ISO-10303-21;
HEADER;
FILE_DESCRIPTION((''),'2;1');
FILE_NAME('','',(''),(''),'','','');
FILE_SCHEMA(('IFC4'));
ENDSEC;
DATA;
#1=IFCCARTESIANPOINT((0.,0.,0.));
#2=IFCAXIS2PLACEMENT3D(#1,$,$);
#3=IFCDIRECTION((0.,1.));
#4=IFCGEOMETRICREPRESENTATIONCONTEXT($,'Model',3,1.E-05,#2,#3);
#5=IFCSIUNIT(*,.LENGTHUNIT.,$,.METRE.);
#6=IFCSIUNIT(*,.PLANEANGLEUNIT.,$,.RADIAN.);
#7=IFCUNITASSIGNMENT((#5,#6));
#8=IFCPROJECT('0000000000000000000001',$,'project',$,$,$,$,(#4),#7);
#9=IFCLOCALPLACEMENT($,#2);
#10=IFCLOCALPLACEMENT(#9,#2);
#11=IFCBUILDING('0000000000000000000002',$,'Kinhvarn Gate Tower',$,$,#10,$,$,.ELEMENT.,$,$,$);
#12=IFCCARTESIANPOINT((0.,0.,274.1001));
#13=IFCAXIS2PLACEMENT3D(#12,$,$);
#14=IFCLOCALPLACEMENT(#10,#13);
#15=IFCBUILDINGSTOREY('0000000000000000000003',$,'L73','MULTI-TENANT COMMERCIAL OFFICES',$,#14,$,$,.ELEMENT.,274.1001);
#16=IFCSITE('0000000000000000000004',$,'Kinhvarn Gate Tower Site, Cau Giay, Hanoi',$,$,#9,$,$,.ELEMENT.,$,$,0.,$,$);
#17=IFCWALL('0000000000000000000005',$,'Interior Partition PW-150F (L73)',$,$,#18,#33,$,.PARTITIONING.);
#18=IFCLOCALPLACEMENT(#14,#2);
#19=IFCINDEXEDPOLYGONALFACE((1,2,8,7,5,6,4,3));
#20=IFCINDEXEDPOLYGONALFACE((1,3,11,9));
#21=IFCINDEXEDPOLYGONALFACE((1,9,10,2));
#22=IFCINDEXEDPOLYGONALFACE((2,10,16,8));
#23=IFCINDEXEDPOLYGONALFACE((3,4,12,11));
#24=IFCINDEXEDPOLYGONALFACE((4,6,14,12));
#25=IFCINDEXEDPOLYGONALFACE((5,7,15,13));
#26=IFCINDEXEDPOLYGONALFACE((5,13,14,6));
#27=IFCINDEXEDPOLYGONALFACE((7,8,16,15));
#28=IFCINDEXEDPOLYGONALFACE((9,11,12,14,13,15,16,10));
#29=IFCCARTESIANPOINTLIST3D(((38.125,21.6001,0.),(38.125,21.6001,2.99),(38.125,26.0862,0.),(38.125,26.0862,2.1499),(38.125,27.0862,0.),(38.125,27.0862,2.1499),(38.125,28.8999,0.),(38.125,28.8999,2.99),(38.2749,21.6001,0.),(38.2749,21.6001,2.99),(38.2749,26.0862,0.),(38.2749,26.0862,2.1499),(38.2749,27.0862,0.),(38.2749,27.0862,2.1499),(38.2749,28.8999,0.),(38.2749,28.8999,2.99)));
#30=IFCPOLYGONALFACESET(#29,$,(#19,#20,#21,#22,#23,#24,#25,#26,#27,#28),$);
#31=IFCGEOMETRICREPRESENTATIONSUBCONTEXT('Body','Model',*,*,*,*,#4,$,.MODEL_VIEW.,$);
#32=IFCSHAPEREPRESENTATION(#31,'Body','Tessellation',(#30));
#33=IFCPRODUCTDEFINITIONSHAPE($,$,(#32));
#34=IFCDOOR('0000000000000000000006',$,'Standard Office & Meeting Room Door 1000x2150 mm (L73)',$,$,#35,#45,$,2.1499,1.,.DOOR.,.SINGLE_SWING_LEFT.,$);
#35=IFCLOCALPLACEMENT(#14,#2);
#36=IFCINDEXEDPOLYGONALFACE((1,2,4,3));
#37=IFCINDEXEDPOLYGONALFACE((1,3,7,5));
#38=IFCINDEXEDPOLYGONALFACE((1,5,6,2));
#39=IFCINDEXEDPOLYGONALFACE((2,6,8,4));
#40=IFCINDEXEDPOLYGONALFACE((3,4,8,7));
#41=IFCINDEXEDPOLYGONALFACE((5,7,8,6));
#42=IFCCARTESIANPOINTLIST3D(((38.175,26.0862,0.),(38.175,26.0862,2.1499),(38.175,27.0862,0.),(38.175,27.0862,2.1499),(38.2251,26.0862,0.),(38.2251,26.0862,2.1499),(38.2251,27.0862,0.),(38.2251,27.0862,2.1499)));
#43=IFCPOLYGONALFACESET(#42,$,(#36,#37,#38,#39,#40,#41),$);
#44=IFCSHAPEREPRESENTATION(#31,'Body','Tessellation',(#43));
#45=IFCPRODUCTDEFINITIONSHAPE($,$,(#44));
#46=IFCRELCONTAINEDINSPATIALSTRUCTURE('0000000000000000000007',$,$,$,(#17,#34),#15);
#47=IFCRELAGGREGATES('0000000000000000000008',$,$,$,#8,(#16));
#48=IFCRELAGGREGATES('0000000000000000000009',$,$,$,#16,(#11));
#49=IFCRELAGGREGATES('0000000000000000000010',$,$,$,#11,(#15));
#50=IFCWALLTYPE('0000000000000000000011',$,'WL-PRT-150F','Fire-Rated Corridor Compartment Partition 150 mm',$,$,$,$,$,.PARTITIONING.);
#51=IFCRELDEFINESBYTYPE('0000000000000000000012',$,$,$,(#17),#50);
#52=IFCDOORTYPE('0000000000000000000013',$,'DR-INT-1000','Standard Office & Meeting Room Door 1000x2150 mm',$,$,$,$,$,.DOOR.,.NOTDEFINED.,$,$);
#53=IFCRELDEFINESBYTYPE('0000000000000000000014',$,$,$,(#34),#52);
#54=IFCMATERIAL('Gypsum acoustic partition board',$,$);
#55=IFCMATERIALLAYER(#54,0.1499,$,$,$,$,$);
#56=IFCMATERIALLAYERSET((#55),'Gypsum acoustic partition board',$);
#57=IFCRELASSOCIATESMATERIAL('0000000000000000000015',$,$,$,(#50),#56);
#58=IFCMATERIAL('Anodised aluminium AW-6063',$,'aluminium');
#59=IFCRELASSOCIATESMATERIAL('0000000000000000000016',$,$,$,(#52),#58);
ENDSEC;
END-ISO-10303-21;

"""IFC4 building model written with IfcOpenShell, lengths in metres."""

from ifc_helpers import new_model, si_unit, direction, frame, frame_2d, origin, place, context, subcontext, project, spatial, rectangle, extrude, material, layer, layer_set, type_object, element, fill, save


model = new_model("IFC4")

# Units and contexts
model_context = context("Model", 3, precision=1e-05, world=origin(), true_north=direction((0.0, 1.0)))
body_context = subcontext(model_context, "Body", "Model", "MODEL_VIEW")
ifc_project = project(units=[si_unit("LENGTHUNIT", "METRE"), si_unit("PLANEANGLEUNIT", "RADIAN")], contexts=[model_context])

# Site, building, storey
site_placement = place(None, origin())
site = spatial("IfcSite", under=ifc_project, at=site_placement, Name="Kinhvarn Gate Tower Site, Cau Giay, Hanoi", CompositionType="ELEMENT", RefElevation=0.0)
building_placement = place(site_placement, origin())
building = spatial("IfcBuilding", under=site, at=building_placement, Name="Kinhvarn Gate Tower", CompositionType="ELEMENT")
storey_placement = place(building_placement, frame((0.0, 0.0, 274.1001)))
storey = spatial("IfcBuildingStorey", under=building, at=storey_placement, Name="L73", Description="MULTI-TENANT COMMERCIAL OFFICES", CompositionType="ELEMENT", Elevation=274.1001)

# Shared definitions
ifc_material_1 = material(Name="Anodised aluminium AW-6063", Category="aluminium")

# Shared definitions
ifc_material_2 = material(Name="Gypsum acoustic partition board")

# Shared definitions
ifc_layer_1 = layer(ifc_material_2, 0.1499)
ifc_layer_set_1 = layer_set([ifc_layer_1], Name="Gypsum acoustic partition board")
wall_type_1 = type_object("IfcWallType", Name="WL-PRT-150F", Description="Fire-Rated Corridor Compartment Partition 150 mm", PredefinedType="PARTITIONING", material=ifc_layer_set_1)
door_type = type_object("IfcDoorType", Name="DR-INT-1000", Description="Standard Office & Meeting Room Door 1000x2150 mm", OperationType="NOTDEFINED", PredefinedType="DOOR", material=ifc_material_1)

# Wall, opening, door
wall_1_placement = place(storey_placement, frame((38.2, 21.6001, 0.0), z_axis=(0.0, 0.0, 1.0), x_axis=(0.0, 1.0, 0.0)))
wall_1 = element("IfcWall", 1, at=wall_1_placement, inside=storey, type_object=wall_type_1, Name="Interior Partition PW-150F (L73)", PredefinedType="PARTITIONING", context=body_context, shape_type="SweptSolid", body=[
    extrude(rectangle(XDim=7.2998, YDim=0.1499, at=frame_2d((3.6499, 0.0))), origin(), (0.0, 0.0, 1.0), 2.99),
])
opening_1_placement = place(wall_1_placement, frame((4.4861, 0.0, 0.0)))
opening_1 = element("IfcOpeningElement", 2, at=opening_1_placement, cuts=wall_1, PredefinedType="OPENING", context=body_context, shape_type="SweptSolid", body=[
    extrude(rectangle(XDim=1.0, YDim=2.1499, at=frame_2d((0.5, 1.075))), frame((0.0, 0.085, 0.0), z_axis=(0.0, -1.0, 0.0), x_axis=(1.0, 0.0, 0.0)), (0.0, 0.0, 1.0), 0.1699),
])
door_1_placement = place(opening_1_placement, origin())
door_1 = element("IfcDoor", 3, at=door_1_placement, inside=storey, type_object=door_type, Name="Standard Office & Meeting Room Door 1000x2150 mm (L73)", OperationType="SINGLE_SWING_LEFT", OverallHeight=2.1499, OverallWidth=1.0, PredefinedType="DOOR", context=body_context, shape_type="SweptSolid", body=[
    extrude(rectangle(XDim=1.0, YDim=2.1499, at=frame_2d((0.5, 1.075))), frame((0.0, 0.0249, 0.0), z_axis=(0.0, -1.0, 0.0), x_axis=(1.0, 0.0, 0.0)), (0.0, 0.0, 1.0), 0.05),
])
fill(opening_1, door_1)

save(model, "model.ifc")
